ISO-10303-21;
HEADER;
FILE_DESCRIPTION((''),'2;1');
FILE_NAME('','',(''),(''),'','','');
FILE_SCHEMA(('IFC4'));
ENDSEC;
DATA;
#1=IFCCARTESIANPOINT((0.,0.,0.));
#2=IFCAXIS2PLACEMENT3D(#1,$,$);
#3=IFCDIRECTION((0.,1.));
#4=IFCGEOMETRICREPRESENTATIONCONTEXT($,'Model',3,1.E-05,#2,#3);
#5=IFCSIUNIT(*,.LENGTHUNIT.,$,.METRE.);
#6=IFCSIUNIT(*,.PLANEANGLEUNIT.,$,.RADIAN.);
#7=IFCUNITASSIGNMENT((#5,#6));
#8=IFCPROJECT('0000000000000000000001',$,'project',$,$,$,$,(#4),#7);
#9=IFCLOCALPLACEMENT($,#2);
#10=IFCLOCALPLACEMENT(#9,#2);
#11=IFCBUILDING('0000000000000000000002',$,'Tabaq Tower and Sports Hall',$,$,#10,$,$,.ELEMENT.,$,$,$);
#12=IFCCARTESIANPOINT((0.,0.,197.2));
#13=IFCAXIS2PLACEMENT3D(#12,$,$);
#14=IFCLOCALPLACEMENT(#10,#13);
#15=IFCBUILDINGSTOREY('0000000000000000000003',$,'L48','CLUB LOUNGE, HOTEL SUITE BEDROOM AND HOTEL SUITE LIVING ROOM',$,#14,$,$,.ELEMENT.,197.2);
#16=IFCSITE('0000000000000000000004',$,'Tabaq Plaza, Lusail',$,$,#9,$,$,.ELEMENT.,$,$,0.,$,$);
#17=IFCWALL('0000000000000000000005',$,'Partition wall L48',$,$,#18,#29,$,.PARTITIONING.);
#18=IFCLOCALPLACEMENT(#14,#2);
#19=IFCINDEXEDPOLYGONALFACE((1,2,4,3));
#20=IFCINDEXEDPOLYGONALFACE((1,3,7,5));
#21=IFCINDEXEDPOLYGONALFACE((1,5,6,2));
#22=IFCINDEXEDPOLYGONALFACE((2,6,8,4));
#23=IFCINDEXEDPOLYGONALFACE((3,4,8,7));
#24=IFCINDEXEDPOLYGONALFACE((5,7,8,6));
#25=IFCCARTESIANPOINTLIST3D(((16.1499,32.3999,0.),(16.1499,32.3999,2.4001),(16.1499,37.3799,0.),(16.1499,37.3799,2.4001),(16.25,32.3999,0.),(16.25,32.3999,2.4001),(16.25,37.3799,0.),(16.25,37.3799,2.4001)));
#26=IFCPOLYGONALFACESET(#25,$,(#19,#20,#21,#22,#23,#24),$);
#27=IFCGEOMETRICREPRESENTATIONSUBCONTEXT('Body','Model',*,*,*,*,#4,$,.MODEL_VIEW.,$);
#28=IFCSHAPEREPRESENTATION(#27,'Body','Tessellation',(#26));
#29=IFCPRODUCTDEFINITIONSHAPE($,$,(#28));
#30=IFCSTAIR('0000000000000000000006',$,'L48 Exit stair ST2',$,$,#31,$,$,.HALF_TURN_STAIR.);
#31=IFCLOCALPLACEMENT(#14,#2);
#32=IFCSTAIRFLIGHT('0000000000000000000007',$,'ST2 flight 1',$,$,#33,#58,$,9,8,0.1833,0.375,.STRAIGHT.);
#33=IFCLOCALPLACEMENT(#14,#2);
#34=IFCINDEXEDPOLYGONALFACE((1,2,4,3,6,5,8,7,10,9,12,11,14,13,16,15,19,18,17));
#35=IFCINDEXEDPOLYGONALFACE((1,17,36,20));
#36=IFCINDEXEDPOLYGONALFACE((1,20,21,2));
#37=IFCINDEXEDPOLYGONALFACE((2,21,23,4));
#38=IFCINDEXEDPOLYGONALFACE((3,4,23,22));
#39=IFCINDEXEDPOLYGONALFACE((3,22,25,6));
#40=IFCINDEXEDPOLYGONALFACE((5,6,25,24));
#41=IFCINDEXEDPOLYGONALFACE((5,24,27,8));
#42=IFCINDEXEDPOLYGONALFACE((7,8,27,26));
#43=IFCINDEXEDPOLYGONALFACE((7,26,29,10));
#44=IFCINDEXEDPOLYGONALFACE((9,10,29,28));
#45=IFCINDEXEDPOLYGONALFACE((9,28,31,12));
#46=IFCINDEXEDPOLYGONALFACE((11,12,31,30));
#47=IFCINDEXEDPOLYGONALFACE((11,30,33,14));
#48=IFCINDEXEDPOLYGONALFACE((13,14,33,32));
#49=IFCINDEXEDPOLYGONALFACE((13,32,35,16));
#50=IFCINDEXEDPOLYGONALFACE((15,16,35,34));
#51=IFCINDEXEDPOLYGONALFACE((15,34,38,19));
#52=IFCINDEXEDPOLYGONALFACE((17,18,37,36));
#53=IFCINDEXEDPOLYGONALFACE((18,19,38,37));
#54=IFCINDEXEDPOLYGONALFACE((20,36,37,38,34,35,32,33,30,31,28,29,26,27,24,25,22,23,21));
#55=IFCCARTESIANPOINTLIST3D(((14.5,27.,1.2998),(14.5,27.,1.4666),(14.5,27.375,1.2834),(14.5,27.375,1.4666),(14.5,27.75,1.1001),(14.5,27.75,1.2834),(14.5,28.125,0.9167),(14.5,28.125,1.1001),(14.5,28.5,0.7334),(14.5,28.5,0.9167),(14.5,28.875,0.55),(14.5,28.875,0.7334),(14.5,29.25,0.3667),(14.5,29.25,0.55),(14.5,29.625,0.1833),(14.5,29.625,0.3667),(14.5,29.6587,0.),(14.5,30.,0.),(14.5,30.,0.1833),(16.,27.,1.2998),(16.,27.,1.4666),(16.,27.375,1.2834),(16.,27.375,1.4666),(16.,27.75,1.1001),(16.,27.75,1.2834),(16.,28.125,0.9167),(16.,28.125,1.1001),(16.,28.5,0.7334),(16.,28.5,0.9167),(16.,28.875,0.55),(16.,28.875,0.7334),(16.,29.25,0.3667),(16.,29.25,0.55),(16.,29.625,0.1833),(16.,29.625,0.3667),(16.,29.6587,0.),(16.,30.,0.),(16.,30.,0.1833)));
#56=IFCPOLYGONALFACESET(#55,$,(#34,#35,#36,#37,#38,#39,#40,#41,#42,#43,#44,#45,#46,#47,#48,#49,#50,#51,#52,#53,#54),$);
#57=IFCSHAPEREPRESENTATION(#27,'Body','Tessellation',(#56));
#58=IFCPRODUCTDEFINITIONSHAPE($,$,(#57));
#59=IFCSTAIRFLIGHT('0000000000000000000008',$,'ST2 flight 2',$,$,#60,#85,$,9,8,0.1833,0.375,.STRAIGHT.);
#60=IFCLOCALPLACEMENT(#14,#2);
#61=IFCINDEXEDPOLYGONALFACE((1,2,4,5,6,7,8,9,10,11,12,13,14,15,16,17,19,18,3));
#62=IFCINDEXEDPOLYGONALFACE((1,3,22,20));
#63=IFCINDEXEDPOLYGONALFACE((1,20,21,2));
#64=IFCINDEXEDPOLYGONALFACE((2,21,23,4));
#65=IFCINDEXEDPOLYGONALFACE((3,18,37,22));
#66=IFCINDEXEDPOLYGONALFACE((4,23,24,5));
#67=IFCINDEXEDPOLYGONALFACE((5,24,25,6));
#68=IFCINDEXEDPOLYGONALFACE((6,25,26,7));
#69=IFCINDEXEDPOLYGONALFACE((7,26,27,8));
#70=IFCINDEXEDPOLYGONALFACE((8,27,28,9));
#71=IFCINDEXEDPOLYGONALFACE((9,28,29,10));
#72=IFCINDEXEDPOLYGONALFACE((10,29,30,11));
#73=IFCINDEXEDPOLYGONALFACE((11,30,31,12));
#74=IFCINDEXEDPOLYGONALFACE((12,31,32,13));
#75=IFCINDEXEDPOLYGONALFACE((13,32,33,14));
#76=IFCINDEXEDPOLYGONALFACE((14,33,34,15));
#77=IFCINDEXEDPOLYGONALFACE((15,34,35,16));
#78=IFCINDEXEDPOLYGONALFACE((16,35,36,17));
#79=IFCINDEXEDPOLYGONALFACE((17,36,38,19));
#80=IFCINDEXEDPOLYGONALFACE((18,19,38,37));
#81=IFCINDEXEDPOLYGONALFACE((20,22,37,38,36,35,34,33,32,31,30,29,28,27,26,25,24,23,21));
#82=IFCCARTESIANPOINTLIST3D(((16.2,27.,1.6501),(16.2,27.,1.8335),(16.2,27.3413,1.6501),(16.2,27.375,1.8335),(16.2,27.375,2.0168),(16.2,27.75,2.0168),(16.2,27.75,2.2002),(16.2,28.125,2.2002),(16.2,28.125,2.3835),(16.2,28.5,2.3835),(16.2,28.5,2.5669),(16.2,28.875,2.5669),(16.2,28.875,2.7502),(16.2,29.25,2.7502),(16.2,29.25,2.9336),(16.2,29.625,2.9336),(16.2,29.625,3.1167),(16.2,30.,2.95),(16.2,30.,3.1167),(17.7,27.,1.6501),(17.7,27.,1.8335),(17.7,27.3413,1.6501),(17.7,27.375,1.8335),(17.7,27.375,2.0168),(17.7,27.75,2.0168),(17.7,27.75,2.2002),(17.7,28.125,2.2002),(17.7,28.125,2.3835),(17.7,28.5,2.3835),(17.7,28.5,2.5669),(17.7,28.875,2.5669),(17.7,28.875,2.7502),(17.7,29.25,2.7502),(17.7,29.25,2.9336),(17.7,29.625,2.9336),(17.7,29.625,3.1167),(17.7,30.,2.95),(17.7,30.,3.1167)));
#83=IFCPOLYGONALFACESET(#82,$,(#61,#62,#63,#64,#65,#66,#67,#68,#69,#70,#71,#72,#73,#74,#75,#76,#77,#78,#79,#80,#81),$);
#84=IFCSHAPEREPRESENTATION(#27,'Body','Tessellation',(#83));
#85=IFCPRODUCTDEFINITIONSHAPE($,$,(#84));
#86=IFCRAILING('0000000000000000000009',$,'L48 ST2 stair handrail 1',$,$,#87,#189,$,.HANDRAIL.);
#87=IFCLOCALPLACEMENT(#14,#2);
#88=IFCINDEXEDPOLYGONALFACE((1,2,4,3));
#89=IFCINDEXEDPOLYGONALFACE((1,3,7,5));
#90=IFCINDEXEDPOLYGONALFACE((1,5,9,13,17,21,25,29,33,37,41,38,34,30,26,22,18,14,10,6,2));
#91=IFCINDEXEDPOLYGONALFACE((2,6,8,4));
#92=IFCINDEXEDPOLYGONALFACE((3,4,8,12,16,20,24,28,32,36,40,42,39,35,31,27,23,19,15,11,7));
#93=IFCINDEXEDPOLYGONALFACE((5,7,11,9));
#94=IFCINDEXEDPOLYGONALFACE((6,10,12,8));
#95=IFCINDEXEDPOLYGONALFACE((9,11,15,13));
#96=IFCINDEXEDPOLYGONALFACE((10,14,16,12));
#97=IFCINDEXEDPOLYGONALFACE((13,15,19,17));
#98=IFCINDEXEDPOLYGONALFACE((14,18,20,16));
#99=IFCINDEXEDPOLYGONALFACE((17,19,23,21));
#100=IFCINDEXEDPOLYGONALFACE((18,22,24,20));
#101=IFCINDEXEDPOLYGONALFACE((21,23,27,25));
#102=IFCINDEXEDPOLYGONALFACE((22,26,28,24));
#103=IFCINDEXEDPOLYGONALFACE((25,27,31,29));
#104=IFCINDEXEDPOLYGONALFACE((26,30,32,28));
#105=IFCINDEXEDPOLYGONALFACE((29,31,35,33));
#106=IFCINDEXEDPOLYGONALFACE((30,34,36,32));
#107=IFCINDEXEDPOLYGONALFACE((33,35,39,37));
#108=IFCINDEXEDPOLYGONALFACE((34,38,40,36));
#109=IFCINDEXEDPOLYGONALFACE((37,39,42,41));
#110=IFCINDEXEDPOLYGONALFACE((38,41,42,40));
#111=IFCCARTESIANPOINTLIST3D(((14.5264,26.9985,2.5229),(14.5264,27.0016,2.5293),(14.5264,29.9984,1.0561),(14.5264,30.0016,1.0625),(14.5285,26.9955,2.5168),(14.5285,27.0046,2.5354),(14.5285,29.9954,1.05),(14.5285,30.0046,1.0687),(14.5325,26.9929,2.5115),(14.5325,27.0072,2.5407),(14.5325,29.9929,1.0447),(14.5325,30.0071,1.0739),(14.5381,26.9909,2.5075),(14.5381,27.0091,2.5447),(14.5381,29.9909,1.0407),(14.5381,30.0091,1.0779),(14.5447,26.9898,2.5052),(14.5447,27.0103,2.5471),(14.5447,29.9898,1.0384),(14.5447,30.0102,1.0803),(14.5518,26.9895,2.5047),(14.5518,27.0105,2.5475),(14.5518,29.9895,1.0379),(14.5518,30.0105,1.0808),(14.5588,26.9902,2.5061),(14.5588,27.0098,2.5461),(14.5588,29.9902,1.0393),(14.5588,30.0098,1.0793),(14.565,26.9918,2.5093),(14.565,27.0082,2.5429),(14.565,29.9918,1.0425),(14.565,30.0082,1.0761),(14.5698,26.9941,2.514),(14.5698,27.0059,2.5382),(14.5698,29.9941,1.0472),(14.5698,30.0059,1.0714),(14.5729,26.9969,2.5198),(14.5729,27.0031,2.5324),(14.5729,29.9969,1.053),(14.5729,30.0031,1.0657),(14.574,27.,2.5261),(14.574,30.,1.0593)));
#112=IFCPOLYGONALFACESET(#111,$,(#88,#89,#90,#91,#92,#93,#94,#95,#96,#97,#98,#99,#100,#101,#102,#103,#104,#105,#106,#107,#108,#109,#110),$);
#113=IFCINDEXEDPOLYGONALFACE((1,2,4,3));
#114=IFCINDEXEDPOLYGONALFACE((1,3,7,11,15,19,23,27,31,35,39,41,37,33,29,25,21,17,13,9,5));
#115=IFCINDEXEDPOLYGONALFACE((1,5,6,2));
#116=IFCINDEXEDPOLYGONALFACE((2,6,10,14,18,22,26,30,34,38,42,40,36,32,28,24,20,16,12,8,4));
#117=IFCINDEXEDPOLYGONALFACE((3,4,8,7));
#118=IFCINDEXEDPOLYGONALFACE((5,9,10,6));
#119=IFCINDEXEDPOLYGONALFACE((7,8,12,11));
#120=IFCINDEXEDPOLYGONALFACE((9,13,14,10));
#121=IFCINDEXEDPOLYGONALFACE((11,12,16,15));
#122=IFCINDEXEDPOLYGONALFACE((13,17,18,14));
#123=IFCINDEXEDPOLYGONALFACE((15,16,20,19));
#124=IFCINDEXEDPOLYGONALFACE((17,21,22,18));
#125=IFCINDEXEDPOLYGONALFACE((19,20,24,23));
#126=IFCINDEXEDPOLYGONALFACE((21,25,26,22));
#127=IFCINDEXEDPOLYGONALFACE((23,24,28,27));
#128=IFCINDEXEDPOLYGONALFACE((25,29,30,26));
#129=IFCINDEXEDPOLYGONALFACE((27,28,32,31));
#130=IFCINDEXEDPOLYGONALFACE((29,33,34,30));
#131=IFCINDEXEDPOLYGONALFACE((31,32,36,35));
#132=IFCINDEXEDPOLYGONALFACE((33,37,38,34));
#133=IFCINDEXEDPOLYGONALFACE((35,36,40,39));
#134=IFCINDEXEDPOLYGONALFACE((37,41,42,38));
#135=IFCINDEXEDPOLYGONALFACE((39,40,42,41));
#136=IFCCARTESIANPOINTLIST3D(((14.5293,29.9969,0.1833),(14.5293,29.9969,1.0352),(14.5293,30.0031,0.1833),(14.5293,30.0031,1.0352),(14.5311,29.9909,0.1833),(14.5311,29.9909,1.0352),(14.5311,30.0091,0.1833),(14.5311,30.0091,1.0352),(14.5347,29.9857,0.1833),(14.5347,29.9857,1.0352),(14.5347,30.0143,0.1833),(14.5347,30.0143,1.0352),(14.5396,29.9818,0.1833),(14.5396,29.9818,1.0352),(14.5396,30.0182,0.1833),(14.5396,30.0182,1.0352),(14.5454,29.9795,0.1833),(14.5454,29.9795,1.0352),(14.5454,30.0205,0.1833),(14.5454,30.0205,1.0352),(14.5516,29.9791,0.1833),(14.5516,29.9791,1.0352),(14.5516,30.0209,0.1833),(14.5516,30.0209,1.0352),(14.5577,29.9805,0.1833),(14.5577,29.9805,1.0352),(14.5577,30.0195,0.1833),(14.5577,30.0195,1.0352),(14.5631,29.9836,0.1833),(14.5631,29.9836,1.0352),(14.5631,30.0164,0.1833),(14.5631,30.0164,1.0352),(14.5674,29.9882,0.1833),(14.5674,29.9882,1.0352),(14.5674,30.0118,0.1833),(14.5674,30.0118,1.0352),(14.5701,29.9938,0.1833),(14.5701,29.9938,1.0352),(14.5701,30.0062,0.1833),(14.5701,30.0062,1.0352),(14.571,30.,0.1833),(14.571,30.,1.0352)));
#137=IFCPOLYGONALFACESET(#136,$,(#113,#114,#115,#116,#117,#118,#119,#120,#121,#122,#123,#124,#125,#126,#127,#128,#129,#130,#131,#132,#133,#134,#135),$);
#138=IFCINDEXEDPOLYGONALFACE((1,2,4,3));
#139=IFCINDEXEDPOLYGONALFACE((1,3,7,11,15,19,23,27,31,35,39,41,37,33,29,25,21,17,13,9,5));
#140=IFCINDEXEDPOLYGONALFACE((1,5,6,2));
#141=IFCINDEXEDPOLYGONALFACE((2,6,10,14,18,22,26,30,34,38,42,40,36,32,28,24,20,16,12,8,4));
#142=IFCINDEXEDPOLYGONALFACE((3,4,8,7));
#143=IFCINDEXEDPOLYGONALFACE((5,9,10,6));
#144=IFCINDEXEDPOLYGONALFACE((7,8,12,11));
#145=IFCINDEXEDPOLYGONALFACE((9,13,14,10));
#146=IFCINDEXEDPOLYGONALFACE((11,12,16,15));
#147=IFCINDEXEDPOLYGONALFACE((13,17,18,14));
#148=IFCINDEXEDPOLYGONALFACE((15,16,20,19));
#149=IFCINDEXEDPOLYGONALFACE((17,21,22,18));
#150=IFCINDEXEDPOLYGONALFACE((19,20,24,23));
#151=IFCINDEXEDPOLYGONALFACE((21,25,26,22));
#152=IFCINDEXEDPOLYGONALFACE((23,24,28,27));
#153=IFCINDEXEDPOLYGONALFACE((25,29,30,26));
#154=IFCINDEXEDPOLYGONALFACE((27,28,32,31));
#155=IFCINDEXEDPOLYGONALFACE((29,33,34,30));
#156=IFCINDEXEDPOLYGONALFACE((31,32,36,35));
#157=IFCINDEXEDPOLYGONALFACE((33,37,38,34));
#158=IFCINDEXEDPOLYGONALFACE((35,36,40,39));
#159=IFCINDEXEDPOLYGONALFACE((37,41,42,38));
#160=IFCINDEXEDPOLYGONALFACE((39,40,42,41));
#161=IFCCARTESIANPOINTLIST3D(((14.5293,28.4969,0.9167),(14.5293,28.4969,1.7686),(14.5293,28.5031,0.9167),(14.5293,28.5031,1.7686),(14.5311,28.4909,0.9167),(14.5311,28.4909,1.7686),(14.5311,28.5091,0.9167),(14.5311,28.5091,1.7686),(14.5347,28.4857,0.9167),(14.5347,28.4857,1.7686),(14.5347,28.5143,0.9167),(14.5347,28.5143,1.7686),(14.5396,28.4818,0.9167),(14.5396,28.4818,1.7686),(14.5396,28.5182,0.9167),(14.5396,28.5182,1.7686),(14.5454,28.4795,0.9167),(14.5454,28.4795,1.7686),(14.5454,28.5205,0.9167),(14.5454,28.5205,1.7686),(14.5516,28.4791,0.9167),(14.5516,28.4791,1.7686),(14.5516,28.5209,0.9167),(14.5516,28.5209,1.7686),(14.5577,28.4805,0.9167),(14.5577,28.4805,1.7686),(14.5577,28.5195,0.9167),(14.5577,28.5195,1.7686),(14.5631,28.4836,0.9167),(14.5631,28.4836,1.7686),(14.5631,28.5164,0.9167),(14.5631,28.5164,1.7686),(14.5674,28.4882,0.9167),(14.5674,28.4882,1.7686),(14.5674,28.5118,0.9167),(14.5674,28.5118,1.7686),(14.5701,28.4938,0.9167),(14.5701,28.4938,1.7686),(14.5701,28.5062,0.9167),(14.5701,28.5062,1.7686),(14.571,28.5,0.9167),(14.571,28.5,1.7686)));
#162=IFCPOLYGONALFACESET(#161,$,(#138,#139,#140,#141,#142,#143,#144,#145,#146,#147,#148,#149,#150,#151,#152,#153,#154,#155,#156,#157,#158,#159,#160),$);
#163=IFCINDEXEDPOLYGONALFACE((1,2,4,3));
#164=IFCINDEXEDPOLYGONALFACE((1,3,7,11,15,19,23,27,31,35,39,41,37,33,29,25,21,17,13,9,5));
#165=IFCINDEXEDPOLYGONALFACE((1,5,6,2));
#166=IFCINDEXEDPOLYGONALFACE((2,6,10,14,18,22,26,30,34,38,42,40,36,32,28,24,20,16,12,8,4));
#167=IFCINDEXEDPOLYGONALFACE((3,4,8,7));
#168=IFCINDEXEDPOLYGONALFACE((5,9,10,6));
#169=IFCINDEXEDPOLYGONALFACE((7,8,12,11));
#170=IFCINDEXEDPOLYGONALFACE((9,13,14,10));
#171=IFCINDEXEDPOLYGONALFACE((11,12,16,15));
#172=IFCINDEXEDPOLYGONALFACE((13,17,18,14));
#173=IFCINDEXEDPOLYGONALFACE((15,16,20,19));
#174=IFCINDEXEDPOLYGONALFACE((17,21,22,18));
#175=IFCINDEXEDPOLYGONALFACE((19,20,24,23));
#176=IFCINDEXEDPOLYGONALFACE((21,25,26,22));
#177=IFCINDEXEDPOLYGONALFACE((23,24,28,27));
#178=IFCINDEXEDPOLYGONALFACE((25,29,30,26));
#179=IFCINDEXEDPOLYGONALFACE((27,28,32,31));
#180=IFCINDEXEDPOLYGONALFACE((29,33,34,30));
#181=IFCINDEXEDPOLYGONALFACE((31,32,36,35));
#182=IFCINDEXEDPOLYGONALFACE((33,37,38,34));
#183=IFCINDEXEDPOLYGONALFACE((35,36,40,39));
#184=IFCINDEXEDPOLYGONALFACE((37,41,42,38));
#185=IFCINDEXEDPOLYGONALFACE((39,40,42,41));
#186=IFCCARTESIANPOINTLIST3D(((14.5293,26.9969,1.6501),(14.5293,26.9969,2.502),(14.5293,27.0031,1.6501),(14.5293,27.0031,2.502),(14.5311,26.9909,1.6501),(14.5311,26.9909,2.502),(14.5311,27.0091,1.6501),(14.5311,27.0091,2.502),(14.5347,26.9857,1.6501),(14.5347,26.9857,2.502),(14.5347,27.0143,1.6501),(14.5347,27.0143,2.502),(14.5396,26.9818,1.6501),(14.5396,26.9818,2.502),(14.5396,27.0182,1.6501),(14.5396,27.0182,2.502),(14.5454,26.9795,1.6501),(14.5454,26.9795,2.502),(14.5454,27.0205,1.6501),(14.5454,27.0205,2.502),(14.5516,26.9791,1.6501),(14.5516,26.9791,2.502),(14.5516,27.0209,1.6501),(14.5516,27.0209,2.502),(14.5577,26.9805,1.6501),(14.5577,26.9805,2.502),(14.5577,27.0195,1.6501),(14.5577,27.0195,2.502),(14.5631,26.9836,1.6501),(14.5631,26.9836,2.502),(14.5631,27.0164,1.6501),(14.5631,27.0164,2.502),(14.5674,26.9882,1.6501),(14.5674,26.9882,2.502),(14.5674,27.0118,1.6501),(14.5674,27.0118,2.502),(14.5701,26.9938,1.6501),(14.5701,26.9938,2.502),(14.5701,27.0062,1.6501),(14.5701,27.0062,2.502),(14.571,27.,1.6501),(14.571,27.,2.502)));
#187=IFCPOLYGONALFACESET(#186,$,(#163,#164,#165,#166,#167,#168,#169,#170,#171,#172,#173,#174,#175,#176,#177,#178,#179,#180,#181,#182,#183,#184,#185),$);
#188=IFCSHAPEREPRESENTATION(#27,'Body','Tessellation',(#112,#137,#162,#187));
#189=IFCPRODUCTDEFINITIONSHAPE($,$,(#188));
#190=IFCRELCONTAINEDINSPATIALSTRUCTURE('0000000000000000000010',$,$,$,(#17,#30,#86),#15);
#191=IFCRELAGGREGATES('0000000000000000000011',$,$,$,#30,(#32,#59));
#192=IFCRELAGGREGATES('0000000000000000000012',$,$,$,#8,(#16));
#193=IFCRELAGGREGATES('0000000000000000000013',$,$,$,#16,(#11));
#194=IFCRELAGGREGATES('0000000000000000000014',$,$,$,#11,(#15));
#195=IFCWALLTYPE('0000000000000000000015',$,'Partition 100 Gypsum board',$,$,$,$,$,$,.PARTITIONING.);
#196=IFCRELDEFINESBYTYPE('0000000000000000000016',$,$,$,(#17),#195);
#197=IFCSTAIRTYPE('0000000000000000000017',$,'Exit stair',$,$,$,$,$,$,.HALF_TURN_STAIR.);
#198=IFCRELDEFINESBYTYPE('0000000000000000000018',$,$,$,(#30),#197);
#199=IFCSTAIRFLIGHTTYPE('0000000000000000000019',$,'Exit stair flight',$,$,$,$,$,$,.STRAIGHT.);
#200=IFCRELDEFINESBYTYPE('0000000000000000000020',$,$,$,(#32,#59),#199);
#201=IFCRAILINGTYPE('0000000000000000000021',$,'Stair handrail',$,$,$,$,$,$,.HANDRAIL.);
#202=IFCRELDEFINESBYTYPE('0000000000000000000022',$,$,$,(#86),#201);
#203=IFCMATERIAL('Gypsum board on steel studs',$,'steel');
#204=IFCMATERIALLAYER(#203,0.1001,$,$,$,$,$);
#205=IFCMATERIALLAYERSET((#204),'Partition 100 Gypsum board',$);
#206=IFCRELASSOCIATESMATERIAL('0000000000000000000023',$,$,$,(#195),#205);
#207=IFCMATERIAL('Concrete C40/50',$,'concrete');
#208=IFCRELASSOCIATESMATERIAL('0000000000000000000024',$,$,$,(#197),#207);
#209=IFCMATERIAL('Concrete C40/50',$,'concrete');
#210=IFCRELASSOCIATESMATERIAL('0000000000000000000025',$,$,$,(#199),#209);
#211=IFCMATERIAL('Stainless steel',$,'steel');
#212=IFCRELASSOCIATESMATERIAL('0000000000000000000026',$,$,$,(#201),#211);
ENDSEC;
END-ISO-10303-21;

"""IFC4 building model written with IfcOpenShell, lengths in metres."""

from ifc_helpers import new_model, si_unit, direction, frame, frame_2d, origin, origin_2d, place, context, subcontext, project, spatial, polyline, rectangle, circle, outline, extrude, material, layer, layer_set, type_object, element, aggregate, save


model = new_model("IFC4")

# Units and contexts
model_context = context("Model", 3, precision=1e-05, world=origin(), true_north=direction((0.0, 1.0)))
body_context = subcontext(model_context, "Body", "Model", "MODEL_VIEW")
ifc_project = project(units=[si_unit("LENGTHUNIT", "METRE"), si_unit("PLANEANGLEUNIT", "RADIAN")], contexts=[model_context])

# Site, building, storey
site_placement = place(None, origin())
site = spatial("IfcSite", under=ifc_project, at=site_placement, Name="Tabaq Plaza, Lusail", CompositionType="ELEMENT", RefElevation=0.0)
building_placement = place(site_placement, origin())
building = spatial("IfcBuilding", under=site, at=building_placement, Name="Tabaq Tower and Sports Hall", CompositionType="ELEMENT")
storey_placement = place(building_placement, frame((0.0, 0.0, 197.2)))
storey = spatial("IfcBuildingStorey", under=building, at=storey_placement, Name="L48", Description="CLUB LOUNGE, HOTEL SUITE BEDROOM AND HOTEL SUITE LIVING ROOM", CompositionType="ELEMENT", Elevation=197.2)

# Wall
ifc_material_1 = material(Name="Gypsum board on steel studs", Category="steel")
ifc_layer_1 = layer(ifc_material_1, 0.1001)
ifc_layer_set_1 = layer_set([ifc_layer_1], Name="Partition 100 Gypsum board")
wall_type_1 = type_object("IfcWallType", Name="Partition 100 Gypsum board", PredefinedType="PARTITIONING", material=ifc_layer_set_1)
wall_1_placement = place(storey_placement, frame((16.2, 37.3799, 0.0), z_axis=(0.0, 0.0, 1.0), x_axis=(0.0, -1.0, 0.0)))
element("IfcWall", 1, at=wall_1_placement, inside=storey, type_object=wall_type_1, Name="Partition wall L48", PredefinedType="PARTITIONING", context=body_context, shape_type="SweptSolid", body=[
    extrude(rectangle(XDim=4.98, YDim=0.1001, at=frame_2d((2.49, 0.0))), origin(), (0.0, 0.0, 1.0), 2.4001),
])

# Stair, stair flights
ifc_material_2 = material(Name="Concrete C40/50", Category="concrete")
stair_type = type_object("IfcStairType", Name="Exit stair", PredefinedType="HALF_TURN_STAIR", material=ifc_material_2)
stair_placement = place(storey_placement, origin())
stair = element("IfcStair", 2, at=stair_placement, inside=storey, type_object=stair_type, Name="L48 Exit stair ST2", PredefinedType="HALF_TURN_STAIR")
ifc_material_3 = material(Name="Concrete C40/50", Category="concrete")
stair_flight_type = type_object("IfcStairFlightType", Name="Exit stair flight", PredefinedType="STRAIGHT", material=ifc_material_3)
stair_flight_1_placement = place(storey_placement, frame((15.25, 30.0, 0.0), z_axis=(0.0, 0.0, 1.0), x_axis=(0.0, -1.0, 0.0)))
stair_flight_1 = element("IfcStairFlight", 3, at=stair_flight_1_placement, type_object=stair_flight_type, Name="ST2 flight 1", NumberOfRisers=9, NumberOfTreads=8, PredefinedType="STRAIGHT", RiserHeight=0.1833, TreadLength=0.375, context=body_context, shape_type="SweptSolid", body=[
    extrude(outline(polyline([(0.0, 0.0), (0.0, 0.1833), (0.375, 0.1833), (0.375, 0.3667), (0.75, 0.3667), (0.75, 0.55), (1.125, 0.55), (1.125, 0.7334), (1.5, 0.7334), (1.5, 0.9167), (1.875, 0.9167), (1.875, 1.1001), (2.25, 1.1001), (2.25, 1.2834), (2.625, 1.2834), (2.625, 1.4666), (3.0, 1.4666), (3.0, 1.6499), (3.0, 1.2998), (0.3413, 0.0), (0.0, 0.0)])), frame((0.0, 0.75, 0.0), z_axis=(0.0, -1.0, 0.0), x_axis=(1.0, 0.0, 0.0)), (0.0, 0.0, 1.0), 1.5),
])
stair_flight_2_placement = place(storey_placement, frame((16.95, 27.0, 1.6501), z_axis=(0.0, 0.0, 1.0), x_axis=(0.0, 1.0, 0.0)))
stair_flight_2 = element("IfcStairFlight", 4, at=stair_flight_2_placement, type_object=stair_flight_type, Name="ST2 flight 2", NumberOfRisers=9, NumberOfTreads=8, PredefinedType="STRAIGHT", RiserHeight=0.1833, TreadLength=0.375, context=body_context, shape_type="SweptSolid", body=[
    extrude(outline(polyline([(0.0, 0.0), (0.0, 0.1833), (0.375, 0.1833), (0.375, 0.3667), (0.75, 0.3667), (0.75, 0.55), (1.125, 0.55), (1.125, 0.7334), (1.5, 0.7334), (1.5, 0.9167), (1.875, 0.9167), (1.875, 1.1001), (2.25, 1.1001), (2.25, 1.2834), (2.625, 1.2834), (2.625, 1.4666), (3.0, 1.4666), (3.0, 1.6499), (3.0, 1.2998), (0.3413, 0.0), (0.0, 0.0)])), frame((0.0, 0.75, 0.0), z_axis=(0.0, -1.0, 0.0), x_axis=(1.0, 0.0, 0.0)), (0.0, 0.0, 1.0), 1.5),
])
aggregate(stair, [stair_flight_1, stair_flight_2])

# Railing
ifc_material_4 = material(Name="Stainless steel", Category="steel")
railing_type_1 = type_object("IfcRailingType", Name="Stair handrail", PredefinedType="HANDRAIL", material=ifc_material_4)
railing_1_placement = place(storey_placement, frame((14.55, 30.0, 0.1833)))
element("IfcRailing", 5, at=railing_1_placement, inside=storey, type_object=railing_type_1, Name="L48 ST2 stair handrail 1", PredefinedType="HANDRAIL", context=body_context, shape_type="SweptSolid", body=[
    extrude(circle(Radius=0.0239, at=origin_2d()), frame((0.0, 0.0, 0.876), z_axis=(0.0, -0.898369, 0.439242), x_axis=(1.0, 0.0, 0.0)), (0.0, 0.0, 1.0), 3.3394),
    extrude(circle(Radius=0.021, at=origin_2d()), origin(), (0.0, 0.0, 1.0), 0.8518),
    extrude(circle(Radius=0.021, at=origin_2d()), frame((0.0, -1.5, 0.7334)), (0.0, 0.0, 1.0), 0.8518),
    extrude(circle(Radius=0.021, at=origin_2d()), frame((0.0, -3.0, 1.4668)), (0.0, 0.0, 1.0), 0.8518),
])

save(model, "model.ifc")
